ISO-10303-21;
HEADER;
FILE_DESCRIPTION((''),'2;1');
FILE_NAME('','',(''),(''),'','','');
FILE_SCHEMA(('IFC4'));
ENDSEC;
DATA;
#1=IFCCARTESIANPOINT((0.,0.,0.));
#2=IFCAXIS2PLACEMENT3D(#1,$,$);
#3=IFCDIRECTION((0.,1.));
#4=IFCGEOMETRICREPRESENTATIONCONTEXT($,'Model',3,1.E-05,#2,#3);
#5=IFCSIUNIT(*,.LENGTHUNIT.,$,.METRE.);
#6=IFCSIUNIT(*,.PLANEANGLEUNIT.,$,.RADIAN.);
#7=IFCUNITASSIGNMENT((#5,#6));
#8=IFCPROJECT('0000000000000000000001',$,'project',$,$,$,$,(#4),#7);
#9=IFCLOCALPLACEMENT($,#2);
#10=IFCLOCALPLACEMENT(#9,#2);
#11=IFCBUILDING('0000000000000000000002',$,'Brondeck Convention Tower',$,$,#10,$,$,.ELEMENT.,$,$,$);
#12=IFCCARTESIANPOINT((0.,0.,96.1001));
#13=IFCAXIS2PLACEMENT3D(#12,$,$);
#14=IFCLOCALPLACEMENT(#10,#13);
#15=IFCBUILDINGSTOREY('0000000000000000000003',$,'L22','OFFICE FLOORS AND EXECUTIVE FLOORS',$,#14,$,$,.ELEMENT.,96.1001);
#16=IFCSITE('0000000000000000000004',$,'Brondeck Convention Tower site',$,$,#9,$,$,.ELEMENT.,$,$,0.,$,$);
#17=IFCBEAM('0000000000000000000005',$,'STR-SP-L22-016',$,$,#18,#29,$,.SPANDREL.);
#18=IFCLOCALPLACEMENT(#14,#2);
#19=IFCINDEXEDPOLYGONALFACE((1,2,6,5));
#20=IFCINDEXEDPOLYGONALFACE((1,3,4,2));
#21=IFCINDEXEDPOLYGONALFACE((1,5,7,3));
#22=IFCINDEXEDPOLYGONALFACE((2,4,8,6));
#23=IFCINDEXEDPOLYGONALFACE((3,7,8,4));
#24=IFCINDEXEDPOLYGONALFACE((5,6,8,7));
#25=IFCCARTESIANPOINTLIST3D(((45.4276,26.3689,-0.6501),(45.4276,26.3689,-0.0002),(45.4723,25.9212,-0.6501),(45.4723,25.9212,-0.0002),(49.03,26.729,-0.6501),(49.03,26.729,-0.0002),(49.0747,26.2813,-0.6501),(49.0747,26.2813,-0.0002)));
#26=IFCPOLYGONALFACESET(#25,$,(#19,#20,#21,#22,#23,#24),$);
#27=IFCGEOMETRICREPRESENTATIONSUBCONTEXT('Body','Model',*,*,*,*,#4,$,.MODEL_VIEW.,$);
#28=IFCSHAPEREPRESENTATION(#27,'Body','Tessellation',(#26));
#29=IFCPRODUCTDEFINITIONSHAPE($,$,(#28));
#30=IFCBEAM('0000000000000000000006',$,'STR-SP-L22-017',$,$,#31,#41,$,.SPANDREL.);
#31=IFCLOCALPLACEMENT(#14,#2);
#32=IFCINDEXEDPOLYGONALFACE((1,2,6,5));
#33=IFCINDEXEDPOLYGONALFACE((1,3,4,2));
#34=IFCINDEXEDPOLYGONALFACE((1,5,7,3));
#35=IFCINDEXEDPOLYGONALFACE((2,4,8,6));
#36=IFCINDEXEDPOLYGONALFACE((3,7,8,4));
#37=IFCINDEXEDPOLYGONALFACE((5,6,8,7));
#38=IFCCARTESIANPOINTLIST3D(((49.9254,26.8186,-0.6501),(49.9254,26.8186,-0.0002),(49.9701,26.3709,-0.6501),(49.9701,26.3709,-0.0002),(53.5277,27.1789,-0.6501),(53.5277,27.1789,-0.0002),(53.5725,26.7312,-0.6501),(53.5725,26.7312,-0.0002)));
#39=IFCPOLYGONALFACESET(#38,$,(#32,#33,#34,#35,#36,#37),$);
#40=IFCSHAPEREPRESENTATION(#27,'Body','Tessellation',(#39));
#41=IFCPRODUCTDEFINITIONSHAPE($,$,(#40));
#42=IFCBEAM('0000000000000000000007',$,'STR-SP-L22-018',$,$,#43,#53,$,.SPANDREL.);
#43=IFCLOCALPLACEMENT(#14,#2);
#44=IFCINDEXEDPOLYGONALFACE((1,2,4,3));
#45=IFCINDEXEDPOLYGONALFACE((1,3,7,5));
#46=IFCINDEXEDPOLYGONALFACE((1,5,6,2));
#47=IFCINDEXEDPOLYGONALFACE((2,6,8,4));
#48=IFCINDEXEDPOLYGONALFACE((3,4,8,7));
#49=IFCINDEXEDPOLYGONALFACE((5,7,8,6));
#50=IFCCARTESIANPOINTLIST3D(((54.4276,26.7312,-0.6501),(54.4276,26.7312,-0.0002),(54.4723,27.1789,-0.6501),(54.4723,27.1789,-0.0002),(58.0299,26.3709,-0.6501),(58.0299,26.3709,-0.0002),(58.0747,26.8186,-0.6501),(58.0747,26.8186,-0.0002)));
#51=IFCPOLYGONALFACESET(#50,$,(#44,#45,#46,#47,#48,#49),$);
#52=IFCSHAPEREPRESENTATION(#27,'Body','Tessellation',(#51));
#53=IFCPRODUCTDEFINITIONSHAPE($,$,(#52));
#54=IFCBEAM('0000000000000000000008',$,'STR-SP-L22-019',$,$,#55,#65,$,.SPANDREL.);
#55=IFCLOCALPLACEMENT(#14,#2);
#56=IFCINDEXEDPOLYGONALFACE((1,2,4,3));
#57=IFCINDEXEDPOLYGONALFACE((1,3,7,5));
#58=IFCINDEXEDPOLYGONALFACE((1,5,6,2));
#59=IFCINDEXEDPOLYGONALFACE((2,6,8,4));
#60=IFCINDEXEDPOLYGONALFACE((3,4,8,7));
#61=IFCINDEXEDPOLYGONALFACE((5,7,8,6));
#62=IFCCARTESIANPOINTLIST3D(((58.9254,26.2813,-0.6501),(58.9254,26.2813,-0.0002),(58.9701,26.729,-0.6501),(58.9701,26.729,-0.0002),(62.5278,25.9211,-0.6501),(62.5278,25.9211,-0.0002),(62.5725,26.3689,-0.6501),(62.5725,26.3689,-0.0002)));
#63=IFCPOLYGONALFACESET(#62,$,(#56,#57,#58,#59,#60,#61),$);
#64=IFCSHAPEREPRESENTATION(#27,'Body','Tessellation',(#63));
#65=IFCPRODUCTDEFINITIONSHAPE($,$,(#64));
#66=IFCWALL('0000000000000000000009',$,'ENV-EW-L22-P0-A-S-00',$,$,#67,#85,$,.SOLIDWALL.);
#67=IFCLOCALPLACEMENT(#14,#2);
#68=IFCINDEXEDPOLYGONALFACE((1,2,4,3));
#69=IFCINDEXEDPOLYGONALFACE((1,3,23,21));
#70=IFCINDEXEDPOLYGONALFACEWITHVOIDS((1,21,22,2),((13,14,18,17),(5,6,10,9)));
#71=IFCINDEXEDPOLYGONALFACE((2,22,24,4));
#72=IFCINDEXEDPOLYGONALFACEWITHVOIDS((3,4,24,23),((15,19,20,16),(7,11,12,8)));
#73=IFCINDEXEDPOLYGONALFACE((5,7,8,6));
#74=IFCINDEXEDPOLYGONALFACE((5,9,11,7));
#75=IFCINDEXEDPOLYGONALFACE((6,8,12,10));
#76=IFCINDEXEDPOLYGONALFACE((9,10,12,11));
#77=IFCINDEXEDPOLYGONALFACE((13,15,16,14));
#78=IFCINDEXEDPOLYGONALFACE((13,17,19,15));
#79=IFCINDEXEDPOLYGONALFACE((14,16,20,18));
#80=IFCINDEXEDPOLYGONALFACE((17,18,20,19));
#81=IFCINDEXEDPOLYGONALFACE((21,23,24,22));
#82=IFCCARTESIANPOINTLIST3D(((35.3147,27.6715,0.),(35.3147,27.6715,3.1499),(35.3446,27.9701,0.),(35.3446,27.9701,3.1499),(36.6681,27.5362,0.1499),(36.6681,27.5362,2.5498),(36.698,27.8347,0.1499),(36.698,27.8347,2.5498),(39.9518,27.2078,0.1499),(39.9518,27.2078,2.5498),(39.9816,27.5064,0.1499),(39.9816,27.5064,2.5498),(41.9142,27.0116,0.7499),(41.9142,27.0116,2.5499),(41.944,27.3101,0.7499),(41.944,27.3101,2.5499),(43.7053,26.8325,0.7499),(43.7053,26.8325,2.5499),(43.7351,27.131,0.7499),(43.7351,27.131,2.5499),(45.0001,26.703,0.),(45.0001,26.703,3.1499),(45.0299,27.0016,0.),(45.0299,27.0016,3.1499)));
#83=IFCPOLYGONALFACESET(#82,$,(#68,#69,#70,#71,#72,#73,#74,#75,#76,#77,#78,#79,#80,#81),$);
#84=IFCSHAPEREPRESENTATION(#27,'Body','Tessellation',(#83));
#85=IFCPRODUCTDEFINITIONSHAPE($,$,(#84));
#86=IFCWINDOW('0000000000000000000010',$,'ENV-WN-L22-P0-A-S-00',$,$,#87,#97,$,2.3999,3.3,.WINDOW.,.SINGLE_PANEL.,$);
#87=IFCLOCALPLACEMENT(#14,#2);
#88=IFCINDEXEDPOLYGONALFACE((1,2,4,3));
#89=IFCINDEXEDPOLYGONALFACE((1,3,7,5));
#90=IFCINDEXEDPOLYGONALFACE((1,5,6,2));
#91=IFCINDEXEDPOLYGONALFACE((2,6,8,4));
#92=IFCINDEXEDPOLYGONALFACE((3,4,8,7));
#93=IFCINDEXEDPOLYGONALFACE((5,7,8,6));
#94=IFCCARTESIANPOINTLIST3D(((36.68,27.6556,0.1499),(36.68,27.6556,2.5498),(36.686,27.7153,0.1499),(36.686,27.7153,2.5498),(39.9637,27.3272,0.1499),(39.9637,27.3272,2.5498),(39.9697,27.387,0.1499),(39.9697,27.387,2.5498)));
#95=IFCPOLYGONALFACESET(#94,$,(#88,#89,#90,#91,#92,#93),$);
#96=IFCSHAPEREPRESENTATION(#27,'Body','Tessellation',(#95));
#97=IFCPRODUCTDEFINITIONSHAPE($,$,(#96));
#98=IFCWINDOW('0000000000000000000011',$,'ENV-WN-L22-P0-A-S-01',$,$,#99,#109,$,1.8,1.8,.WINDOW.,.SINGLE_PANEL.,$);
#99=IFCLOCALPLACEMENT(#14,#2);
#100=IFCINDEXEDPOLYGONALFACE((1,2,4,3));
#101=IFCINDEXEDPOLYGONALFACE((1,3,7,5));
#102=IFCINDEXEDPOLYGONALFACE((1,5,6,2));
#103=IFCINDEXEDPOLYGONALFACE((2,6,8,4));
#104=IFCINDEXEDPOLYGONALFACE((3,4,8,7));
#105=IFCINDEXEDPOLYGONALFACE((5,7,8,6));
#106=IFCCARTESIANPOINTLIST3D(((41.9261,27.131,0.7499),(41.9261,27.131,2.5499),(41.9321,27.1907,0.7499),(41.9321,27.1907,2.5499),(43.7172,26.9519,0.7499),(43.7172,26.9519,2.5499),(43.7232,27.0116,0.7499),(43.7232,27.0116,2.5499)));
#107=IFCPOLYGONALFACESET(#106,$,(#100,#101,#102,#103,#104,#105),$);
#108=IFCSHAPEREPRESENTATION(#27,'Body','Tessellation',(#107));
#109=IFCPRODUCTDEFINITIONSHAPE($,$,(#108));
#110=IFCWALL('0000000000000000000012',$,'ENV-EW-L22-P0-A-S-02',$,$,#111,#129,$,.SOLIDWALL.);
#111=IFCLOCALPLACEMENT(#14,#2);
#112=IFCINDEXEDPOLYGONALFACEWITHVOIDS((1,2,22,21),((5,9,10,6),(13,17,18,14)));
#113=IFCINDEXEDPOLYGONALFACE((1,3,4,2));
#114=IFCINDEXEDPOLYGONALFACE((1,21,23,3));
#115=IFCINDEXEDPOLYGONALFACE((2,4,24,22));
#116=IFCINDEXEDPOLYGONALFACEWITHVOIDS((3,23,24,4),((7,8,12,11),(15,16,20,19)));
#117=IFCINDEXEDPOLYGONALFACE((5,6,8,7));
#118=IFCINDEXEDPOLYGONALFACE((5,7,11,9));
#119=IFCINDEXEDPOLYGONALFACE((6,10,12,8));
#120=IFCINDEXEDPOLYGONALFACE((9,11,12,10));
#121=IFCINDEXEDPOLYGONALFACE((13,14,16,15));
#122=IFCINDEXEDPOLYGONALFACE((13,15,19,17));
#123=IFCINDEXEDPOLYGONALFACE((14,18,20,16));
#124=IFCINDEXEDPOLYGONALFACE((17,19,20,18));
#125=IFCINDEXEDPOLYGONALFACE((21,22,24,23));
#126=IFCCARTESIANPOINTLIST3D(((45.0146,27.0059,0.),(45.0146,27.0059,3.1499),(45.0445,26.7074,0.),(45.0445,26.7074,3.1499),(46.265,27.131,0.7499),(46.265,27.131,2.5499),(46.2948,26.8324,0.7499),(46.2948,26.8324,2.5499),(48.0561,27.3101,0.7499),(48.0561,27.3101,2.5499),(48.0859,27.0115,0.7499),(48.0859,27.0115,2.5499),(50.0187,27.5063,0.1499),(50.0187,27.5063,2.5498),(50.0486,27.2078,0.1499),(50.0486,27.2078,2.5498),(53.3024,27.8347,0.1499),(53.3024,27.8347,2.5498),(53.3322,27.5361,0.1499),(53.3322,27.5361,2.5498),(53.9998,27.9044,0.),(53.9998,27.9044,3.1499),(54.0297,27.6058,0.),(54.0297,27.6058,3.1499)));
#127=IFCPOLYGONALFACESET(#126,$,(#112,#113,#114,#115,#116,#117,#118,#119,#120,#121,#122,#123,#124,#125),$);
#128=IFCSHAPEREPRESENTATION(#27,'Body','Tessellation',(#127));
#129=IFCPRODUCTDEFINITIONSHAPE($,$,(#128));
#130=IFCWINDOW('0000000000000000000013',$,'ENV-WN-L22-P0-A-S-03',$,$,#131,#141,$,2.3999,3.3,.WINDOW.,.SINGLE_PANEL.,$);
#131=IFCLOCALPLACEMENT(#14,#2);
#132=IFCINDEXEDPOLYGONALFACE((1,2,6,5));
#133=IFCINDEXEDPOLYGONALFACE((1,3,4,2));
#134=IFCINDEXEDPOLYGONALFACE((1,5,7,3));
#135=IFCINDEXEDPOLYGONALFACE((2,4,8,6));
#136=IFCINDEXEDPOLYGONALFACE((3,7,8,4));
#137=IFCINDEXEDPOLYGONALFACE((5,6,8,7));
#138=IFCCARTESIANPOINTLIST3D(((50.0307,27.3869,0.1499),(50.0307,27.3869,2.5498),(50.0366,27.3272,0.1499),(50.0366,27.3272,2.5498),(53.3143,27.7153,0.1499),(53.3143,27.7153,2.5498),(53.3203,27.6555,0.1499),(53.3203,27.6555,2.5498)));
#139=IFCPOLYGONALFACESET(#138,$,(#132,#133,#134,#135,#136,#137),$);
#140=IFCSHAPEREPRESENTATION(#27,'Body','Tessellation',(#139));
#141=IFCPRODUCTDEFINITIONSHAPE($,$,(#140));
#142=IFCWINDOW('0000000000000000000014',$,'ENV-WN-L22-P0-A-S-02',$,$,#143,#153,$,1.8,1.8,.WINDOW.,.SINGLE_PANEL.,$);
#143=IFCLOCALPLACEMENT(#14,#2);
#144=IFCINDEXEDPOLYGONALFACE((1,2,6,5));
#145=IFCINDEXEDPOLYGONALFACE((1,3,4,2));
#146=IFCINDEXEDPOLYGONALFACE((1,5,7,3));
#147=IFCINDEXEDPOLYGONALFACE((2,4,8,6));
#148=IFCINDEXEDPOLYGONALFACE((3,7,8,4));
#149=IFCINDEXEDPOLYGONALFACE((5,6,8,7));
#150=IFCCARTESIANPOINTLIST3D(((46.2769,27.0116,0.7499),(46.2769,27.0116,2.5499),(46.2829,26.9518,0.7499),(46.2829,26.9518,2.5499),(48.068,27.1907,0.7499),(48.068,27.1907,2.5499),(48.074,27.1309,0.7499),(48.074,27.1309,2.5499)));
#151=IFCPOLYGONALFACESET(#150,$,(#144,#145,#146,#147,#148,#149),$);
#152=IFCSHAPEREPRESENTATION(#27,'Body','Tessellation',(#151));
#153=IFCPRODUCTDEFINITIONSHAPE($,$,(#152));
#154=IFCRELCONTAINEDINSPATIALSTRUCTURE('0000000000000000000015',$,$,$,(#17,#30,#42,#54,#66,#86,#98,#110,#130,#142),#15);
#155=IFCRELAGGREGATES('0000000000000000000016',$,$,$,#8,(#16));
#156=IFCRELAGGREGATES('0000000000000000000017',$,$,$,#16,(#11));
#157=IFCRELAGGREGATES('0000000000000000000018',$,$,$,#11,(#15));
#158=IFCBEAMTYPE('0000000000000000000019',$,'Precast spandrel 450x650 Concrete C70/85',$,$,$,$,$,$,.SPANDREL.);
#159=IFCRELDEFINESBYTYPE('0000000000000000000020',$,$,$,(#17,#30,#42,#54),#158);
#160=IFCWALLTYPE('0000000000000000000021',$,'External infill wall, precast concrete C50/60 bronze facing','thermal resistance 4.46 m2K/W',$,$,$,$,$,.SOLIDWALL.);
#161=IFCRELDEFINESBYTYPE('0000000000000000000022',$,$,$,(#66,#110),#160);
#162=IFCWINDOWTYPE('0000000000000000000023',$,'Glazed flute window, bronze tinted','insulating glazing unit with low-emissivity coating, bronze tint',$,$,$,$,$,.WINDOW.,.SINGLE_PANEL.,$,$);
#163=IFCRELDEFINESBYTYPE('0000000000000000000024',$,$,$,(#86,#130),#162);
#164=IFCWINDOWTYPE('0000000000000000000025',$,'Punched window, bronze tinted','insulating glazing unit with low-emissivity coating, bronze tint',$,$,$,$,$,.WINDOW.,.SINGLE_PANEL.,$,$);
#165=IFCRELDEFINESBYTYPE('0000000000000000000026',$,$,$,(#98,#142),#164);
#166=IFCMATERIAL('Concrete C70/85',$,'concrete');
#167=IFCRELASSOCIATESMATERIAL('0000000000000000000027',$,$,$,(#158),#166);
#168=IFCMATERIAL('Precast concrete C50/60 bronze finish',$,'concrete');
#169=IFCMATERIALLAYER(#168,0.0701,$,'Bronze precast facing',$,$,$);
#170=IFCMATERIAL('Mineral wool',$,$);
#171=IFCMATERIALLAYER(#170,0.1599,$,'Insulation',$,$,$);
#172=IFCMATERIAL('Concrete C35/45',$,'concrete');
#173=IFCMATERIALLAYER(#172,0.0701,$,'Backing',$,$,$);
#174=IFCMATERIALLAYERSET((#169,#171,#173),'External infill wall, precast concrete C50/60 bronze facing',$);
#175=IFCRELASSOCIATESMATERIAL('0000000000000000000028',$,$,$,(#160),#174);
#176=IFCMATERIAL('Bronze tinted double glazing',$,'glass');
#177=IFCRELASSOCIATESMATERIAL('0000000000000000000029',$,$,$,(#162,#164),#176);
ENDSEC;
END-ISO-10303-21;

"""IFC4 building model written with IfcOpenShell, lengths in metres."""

from ifc_helpers import new_model, si_unit, direction, frame, frame_2d, origin, origin_2d, place, context, subcontext, project, spatial, rectangle, extrude, material, layer, layer_set, material_profile, profile_set, type_object, element, fill, save


model = new_model("IFC4")

# Units and contexts
model_context = context("Model", 3, precision=1e-05, world=origin(), true_north=direction((0.0, 1.0)))
body_context = subcontext(model_context, "Body", "Model", "MODEL_VIEW")
ifc_project = project(units=[si_unit("LENGTHUNIT", "METRE"), si_unit("PLANEANGLEUNIT", "RADIAN")], contexts=[model_context])

# Site, building, storey
site_placement = place(None, origin())
site = spatial("IfcSite", under=ifc_project, at=site_placement, Name="Brondeck Convention Tower site", CompositionType="ELEMENT", RefElevation=0.0)
building_placement = place(site_placement, origin())
building = spatial("IfcBuilding", under=site, at=building_placement, Name="Brondeck Convention Tower", CompositionType="ELEMENT")
storey_placement = place(building_placement, frame((0.0, 0.0, 96.1001)))
storey = spatial("IfcBuildingStorey", under=building, at=storey_placement, Name="L22", Description="OFFICE FLOORS AND EXECUTIVE FLOORS", CompositionType="ELEMENT", Elevation=96.1001)

# Shared definitions
ifc_material_1 = material(Name="Concrete C70/85", Category="concrete")

# Beams
ifc_material_profile_1 = material_profile(ifc_material_1, rectangle(XDim=0.45, YDim=0.6499, at=origin_2d()), Name="Precast spandrel 450x650 Concrete C70/85")
ifc_profile_set_1 = profile_set([ifc_material_profile_1], Name="Concrete C70/85")
beam_type_1 = type_object("IfcBeamType", Name="Precast spandrel 450x650 Concrete C70/85", PredefinedType="SPANDREL", material=ifc_profile_set_1)
for number, where, z_axis, x_axis, name in (
    (1, (45.45, 26.145, -0.3252), (0.995041, 0.09947, 0.0), (-0.09947, 0.995041, 0.0), "STR-SP-L22-016"),
    (2, (49.9478, 26.5947, -0.3252), (0.995034, 0.099537, 0.0), (-0.099537, 0.995034, 0.0), "STR-SP-L22-017"),
    (3, (54.45, 26.9551, -0.3252), (0.995034, -0.099537, 0.0), (0.099537, 0.995034, 0.0), "STR-SP-L22-018"),
    (4, (58.9478, 26.5051, -0.3252), (0.995041, -0.09947, 0.0), (0.09947, 0.995041, 0.0), "STR-SP-L22-019"),
):
    element("IfcBeam", number, at=place(storey_placement, frame(where, z_axis=z_axis, x_axis=x_axis)), inside=storey, type_object=beam_type_1, Name=name, PredefinedType="SPANDREL", context=body_context, shape_type="SweptSolid", body=[
        extrude(rectangle(XDim=0.45, YDim=0.6499, at=origin_2d()), origin(), (0.0, 0.0, 1.0), 3.6204),
    ])

# Walls, openings, windows
ifc_material_2 = material(Name="Precast concrete C50/60 bronze finish", Category="concrete")
ifc_layer_1 = layer(ifc_material_2, 0.0701, Name="Bronze precast facing")
ifc_material_3 = material(Name="Mineral wool")
ifc_layer_2 = layer(ifc_material_3, 0.1599, Name="Insulation")
ifc_material_4 = material(Name="Concrete C35/45", Category="concrete")
ifc_layer_3 = layer(ifc_material_4, 0.0701, Name="Backing")
ifc_layer_set_1 = layer_set([ifc_layer_1, ifc_layer_2, ifc_layer_3], Name="External infill wall, precast concrete C50/60 bronze facing")
wall_type_1 = type_object("IfcWallType", Name="External infill wall, precast concrete C50/60 bronze facing", Description="thermal resistance 4.46 m2K/W", PredefinedType="SOLIDWALL", material=ifc_layer_set_1)
wall_1_placement = place(storey_placement, frame((45.0149, 26.8523, 0.0), z_axis=(0.0, 0.0, 1.0), x_axis=(-0.995037, 0.099501, 0.0)))
wall_1 = element("IfcWall", 5, at=wall_1_placement, inside=storey, type_object=wall_type_1, Name="ENV-EW-L22-P0-A-S-00", PredefinedType="SOLIDWALL", context=body_context, shape_type="SweptSolid", body=[
    extrude(rectangle(XDim=9.7336, YDim=0.3, at=frame_2d((4.8667, 0.0))), origin(), (0.0, 0.0, 1.0), 3.1499),
])
opening_1_placement = place(wall_1_placement, frame((1.3013, 0.0, 0.75)))
opening_1 = element("IfcOpeningElement", 6, at=opening_1_placement, cuts=wall_1, PredefinedType="OPENING", context=body_context, shape_type="SweptSolid", body=[
    extrude(rectangle(XDim=1.8, YDim=1.8, at=frame_2d((0.8999, 0.8999))), frame((0.0, 0.1599, 0.0), z_axis=(0.0, -1.0, 0.0), x_axis=(1.0, 0.0, 0.0)), (0.0, 0.0, 1.0), 0.3201),
])
opening_2_placement = place(wall_1_placement, frame((5.0735, 0.0, 0.1499)))
opening_2 = element("IfcOpeningElement", 7, at=opening_2_placement, cuts=wall_1, PredefinedType="OPENING", context=body_context, shape_type="SweptSolid", body=[
    extrude(rectangle(XDim=3.3, YDim=2.3999, at=frame_2d((1.6499, 1.2))), frame((0.0, 0.1599, 0.0), z_axis=(0.0, -1.0, 0.0), x_axis=(1.0, 0.0, 0.0)), (0.0, 0.0, 1.0), 0.3201),
])
ifc_material_5 = material(Name="Bronze tinted double glazing", Category="glass")
window_type_1 = type_object("IfcWindowType", Name="Glazed flute window, bronze tinted", Description="insulating glazing unit with low-emissivity coating, bronze tint", PartitioningType="SINGLE_PANEL", PredefinedType="WINDOW", material=ifc_material_5)
window_1_placement = place(opening_2_placement, origin())
window_1 = element("IfcWindow", 8, at=window_1_placement, inside=storey, type_object=window_type_1, Name="ENV-WN-L22-P0-A-S-00", OverallHeight=2.3999, OverallWidth=3.3, PartitioningType="SINGLE_PANEL", PredefinedType="WINDOW", context=body_context, shape_type="SweptSolid", body=[
    extrude(rectangle(XDim=3.3, YDim=2.3999, at=frame_2d((1.6499, 1.2))), frame((0.0, 0.03, 0.0), z_axis=(0.0, -1.0, 0.0), x_axis=(1.0, 0.0, 0.0)), (0.0, 0.0, 1.0), 0.0601),
])
fill(opening_2, window_1)
window_type_2 = type_object("IfcWindowType", Name="Punched window, bronze tinted", Description="insulating glazing unit with low-emissivity coating, bronze tint", PartitioningType="SINGLE_PANEL", PredefinedType="WINDOW", material=ifc_material_5)
window_2_placement = place(opening_1_placement, origin())
window_2 = element("IfcWindow", 9, at=window_2_placement, inside=storey, type_object=window_type_2, Name="ENV-WN-L22-P0-A-S-01", OverallHeight=1.8, OverallWidth=1.8, PartitioningType="SINGLE_PANEL", PredefinedType="WINDOW", context=body_context, shape_type="SweptSolid", body=[
    extrude(rectangle(XDim=1.8, YDim=1.8, at=frame_2d((0.8999, 0.8999))), frame((0.0, 0.03, 0.0), z_axis=(0.0, -1.0, 0.0), x_axis=(1.0, 0.0, 0.0)), (0.0, 0.0, 1.0), 0.0601),
])
fill(opening_1, window_2)
wall_2_placement = place(storey_placement, frame((54.0149, 27.7551, 0.0), z_axis=(0.0, 0.0, 1.0), x_axis=(-0.995038, -0.099496, 0.0)))
wall_2 = element("IfcWall", 10, at=wall_2_placement, inside=storey, type_object=wall_type_1, Name="ENV-EW-L22-P0-A-S-02", PredefinedType="SOLIDWALL", context=body_context, shape_type="SweptSolid", body=[
    extrude(rectangle(XDim=9.03, YDim=0.3, at=frame_2d((4.5151, 0.0))), origin(), (0.0, 0.0, 1.0), 3.1499),
])
opening_3_placement = place(wall_2_placement, frame((0.7012, 0.0, 0.1499)))
opening_3 = element("IfcOpeningElement", 11, at=opening_3_placement, cuts=wall_2, PredefinedType="OPENING", context=body_context, shape_type="SweptSolid", body=[
    extrude(rectangle(XDim=3.3, YDim=2.3999, at=frame_2d((1.6499, 1.2))), frame((0.0, 0.1599, 0.0), z_axis=(0.0, -1.0, 0.0), x_axis=(1.0, 0.0, 0.0)), (0.0, 0.0, 1.0), 0.3201),
])
opening_4_placement = place(wall_2_placement, frame((5.9736, 0.0, 0.75)))
opening_4 = element("IfcOpeningElement", 12, at=opening_4_placement, cuts=wall_2, PredefinedType="OPENING", context=body_context, shape_type="SweptSolid", body=[
    extrude(rectangle(XDim=1.8, YDim=1.8, at=frame_2d((0.8999, 0.8999))), frame((0.0, 0.1599, 0.0), z_axis=(0.0, -1.0, 0.0), x_axis=(1.0, 0.0, 0.0)), (0.0, 0.0, 1.0), 0.3201),
])
window_3_placement = place(opening_3_placement, origin())
window_3 = element("IfcWindow", 13, at=window_3_placement, inside=storey, type_object=window_type_1, Name="ENV-WN-L22-P0-A-S-03", OverallHeight=2.3999, OverallWidth=3.3, PartitioningType="SINGLE_PANEL", PredefinedType="WINDOW", context=body_context, shape_type="SweptSolid", body=[
    extrude(rectangle(XDim=3.3, YDim=2.3999, at=frame_2d((1.6499, 1.2))), frame((0.0, 0.03, 0.0), z_axis=(0.0, -1.0, 0.0), x_axis=(1.0, 0.0, 0.0)), (0.0, 0.0, 1.0), 0.0601),
])
fill(opening_3, window_3)
window_4_placement = place(opening_4_placement, origin())
window_4 = element("IfcWindow", 14, at=window_4_placement, inside=storey, type_object=window_type_2, Name="ENV-WN-L22-P0-A-S-02", OverallHeight=1.8, OverallWidth=1.8, PartitioningType="SINGLE_PANEL", PredefinedType="WINDOW", context=body_context, shape_type="SweptSolid", body=[
    extrude(rectangle(XDim=1.8, YDim=1.8, at=frame_2d((0.8999, 0.8999))), frame((0.0, 0.03, 0.0), z_axis=(0.0, -1.0, 0.0), x_axis=(1.0, 0.0, 0.0)), (0.0, 0.0, 1.0), 0.0601),
])
fill(opening_4, window_4)

save(model, "model.ifc")
